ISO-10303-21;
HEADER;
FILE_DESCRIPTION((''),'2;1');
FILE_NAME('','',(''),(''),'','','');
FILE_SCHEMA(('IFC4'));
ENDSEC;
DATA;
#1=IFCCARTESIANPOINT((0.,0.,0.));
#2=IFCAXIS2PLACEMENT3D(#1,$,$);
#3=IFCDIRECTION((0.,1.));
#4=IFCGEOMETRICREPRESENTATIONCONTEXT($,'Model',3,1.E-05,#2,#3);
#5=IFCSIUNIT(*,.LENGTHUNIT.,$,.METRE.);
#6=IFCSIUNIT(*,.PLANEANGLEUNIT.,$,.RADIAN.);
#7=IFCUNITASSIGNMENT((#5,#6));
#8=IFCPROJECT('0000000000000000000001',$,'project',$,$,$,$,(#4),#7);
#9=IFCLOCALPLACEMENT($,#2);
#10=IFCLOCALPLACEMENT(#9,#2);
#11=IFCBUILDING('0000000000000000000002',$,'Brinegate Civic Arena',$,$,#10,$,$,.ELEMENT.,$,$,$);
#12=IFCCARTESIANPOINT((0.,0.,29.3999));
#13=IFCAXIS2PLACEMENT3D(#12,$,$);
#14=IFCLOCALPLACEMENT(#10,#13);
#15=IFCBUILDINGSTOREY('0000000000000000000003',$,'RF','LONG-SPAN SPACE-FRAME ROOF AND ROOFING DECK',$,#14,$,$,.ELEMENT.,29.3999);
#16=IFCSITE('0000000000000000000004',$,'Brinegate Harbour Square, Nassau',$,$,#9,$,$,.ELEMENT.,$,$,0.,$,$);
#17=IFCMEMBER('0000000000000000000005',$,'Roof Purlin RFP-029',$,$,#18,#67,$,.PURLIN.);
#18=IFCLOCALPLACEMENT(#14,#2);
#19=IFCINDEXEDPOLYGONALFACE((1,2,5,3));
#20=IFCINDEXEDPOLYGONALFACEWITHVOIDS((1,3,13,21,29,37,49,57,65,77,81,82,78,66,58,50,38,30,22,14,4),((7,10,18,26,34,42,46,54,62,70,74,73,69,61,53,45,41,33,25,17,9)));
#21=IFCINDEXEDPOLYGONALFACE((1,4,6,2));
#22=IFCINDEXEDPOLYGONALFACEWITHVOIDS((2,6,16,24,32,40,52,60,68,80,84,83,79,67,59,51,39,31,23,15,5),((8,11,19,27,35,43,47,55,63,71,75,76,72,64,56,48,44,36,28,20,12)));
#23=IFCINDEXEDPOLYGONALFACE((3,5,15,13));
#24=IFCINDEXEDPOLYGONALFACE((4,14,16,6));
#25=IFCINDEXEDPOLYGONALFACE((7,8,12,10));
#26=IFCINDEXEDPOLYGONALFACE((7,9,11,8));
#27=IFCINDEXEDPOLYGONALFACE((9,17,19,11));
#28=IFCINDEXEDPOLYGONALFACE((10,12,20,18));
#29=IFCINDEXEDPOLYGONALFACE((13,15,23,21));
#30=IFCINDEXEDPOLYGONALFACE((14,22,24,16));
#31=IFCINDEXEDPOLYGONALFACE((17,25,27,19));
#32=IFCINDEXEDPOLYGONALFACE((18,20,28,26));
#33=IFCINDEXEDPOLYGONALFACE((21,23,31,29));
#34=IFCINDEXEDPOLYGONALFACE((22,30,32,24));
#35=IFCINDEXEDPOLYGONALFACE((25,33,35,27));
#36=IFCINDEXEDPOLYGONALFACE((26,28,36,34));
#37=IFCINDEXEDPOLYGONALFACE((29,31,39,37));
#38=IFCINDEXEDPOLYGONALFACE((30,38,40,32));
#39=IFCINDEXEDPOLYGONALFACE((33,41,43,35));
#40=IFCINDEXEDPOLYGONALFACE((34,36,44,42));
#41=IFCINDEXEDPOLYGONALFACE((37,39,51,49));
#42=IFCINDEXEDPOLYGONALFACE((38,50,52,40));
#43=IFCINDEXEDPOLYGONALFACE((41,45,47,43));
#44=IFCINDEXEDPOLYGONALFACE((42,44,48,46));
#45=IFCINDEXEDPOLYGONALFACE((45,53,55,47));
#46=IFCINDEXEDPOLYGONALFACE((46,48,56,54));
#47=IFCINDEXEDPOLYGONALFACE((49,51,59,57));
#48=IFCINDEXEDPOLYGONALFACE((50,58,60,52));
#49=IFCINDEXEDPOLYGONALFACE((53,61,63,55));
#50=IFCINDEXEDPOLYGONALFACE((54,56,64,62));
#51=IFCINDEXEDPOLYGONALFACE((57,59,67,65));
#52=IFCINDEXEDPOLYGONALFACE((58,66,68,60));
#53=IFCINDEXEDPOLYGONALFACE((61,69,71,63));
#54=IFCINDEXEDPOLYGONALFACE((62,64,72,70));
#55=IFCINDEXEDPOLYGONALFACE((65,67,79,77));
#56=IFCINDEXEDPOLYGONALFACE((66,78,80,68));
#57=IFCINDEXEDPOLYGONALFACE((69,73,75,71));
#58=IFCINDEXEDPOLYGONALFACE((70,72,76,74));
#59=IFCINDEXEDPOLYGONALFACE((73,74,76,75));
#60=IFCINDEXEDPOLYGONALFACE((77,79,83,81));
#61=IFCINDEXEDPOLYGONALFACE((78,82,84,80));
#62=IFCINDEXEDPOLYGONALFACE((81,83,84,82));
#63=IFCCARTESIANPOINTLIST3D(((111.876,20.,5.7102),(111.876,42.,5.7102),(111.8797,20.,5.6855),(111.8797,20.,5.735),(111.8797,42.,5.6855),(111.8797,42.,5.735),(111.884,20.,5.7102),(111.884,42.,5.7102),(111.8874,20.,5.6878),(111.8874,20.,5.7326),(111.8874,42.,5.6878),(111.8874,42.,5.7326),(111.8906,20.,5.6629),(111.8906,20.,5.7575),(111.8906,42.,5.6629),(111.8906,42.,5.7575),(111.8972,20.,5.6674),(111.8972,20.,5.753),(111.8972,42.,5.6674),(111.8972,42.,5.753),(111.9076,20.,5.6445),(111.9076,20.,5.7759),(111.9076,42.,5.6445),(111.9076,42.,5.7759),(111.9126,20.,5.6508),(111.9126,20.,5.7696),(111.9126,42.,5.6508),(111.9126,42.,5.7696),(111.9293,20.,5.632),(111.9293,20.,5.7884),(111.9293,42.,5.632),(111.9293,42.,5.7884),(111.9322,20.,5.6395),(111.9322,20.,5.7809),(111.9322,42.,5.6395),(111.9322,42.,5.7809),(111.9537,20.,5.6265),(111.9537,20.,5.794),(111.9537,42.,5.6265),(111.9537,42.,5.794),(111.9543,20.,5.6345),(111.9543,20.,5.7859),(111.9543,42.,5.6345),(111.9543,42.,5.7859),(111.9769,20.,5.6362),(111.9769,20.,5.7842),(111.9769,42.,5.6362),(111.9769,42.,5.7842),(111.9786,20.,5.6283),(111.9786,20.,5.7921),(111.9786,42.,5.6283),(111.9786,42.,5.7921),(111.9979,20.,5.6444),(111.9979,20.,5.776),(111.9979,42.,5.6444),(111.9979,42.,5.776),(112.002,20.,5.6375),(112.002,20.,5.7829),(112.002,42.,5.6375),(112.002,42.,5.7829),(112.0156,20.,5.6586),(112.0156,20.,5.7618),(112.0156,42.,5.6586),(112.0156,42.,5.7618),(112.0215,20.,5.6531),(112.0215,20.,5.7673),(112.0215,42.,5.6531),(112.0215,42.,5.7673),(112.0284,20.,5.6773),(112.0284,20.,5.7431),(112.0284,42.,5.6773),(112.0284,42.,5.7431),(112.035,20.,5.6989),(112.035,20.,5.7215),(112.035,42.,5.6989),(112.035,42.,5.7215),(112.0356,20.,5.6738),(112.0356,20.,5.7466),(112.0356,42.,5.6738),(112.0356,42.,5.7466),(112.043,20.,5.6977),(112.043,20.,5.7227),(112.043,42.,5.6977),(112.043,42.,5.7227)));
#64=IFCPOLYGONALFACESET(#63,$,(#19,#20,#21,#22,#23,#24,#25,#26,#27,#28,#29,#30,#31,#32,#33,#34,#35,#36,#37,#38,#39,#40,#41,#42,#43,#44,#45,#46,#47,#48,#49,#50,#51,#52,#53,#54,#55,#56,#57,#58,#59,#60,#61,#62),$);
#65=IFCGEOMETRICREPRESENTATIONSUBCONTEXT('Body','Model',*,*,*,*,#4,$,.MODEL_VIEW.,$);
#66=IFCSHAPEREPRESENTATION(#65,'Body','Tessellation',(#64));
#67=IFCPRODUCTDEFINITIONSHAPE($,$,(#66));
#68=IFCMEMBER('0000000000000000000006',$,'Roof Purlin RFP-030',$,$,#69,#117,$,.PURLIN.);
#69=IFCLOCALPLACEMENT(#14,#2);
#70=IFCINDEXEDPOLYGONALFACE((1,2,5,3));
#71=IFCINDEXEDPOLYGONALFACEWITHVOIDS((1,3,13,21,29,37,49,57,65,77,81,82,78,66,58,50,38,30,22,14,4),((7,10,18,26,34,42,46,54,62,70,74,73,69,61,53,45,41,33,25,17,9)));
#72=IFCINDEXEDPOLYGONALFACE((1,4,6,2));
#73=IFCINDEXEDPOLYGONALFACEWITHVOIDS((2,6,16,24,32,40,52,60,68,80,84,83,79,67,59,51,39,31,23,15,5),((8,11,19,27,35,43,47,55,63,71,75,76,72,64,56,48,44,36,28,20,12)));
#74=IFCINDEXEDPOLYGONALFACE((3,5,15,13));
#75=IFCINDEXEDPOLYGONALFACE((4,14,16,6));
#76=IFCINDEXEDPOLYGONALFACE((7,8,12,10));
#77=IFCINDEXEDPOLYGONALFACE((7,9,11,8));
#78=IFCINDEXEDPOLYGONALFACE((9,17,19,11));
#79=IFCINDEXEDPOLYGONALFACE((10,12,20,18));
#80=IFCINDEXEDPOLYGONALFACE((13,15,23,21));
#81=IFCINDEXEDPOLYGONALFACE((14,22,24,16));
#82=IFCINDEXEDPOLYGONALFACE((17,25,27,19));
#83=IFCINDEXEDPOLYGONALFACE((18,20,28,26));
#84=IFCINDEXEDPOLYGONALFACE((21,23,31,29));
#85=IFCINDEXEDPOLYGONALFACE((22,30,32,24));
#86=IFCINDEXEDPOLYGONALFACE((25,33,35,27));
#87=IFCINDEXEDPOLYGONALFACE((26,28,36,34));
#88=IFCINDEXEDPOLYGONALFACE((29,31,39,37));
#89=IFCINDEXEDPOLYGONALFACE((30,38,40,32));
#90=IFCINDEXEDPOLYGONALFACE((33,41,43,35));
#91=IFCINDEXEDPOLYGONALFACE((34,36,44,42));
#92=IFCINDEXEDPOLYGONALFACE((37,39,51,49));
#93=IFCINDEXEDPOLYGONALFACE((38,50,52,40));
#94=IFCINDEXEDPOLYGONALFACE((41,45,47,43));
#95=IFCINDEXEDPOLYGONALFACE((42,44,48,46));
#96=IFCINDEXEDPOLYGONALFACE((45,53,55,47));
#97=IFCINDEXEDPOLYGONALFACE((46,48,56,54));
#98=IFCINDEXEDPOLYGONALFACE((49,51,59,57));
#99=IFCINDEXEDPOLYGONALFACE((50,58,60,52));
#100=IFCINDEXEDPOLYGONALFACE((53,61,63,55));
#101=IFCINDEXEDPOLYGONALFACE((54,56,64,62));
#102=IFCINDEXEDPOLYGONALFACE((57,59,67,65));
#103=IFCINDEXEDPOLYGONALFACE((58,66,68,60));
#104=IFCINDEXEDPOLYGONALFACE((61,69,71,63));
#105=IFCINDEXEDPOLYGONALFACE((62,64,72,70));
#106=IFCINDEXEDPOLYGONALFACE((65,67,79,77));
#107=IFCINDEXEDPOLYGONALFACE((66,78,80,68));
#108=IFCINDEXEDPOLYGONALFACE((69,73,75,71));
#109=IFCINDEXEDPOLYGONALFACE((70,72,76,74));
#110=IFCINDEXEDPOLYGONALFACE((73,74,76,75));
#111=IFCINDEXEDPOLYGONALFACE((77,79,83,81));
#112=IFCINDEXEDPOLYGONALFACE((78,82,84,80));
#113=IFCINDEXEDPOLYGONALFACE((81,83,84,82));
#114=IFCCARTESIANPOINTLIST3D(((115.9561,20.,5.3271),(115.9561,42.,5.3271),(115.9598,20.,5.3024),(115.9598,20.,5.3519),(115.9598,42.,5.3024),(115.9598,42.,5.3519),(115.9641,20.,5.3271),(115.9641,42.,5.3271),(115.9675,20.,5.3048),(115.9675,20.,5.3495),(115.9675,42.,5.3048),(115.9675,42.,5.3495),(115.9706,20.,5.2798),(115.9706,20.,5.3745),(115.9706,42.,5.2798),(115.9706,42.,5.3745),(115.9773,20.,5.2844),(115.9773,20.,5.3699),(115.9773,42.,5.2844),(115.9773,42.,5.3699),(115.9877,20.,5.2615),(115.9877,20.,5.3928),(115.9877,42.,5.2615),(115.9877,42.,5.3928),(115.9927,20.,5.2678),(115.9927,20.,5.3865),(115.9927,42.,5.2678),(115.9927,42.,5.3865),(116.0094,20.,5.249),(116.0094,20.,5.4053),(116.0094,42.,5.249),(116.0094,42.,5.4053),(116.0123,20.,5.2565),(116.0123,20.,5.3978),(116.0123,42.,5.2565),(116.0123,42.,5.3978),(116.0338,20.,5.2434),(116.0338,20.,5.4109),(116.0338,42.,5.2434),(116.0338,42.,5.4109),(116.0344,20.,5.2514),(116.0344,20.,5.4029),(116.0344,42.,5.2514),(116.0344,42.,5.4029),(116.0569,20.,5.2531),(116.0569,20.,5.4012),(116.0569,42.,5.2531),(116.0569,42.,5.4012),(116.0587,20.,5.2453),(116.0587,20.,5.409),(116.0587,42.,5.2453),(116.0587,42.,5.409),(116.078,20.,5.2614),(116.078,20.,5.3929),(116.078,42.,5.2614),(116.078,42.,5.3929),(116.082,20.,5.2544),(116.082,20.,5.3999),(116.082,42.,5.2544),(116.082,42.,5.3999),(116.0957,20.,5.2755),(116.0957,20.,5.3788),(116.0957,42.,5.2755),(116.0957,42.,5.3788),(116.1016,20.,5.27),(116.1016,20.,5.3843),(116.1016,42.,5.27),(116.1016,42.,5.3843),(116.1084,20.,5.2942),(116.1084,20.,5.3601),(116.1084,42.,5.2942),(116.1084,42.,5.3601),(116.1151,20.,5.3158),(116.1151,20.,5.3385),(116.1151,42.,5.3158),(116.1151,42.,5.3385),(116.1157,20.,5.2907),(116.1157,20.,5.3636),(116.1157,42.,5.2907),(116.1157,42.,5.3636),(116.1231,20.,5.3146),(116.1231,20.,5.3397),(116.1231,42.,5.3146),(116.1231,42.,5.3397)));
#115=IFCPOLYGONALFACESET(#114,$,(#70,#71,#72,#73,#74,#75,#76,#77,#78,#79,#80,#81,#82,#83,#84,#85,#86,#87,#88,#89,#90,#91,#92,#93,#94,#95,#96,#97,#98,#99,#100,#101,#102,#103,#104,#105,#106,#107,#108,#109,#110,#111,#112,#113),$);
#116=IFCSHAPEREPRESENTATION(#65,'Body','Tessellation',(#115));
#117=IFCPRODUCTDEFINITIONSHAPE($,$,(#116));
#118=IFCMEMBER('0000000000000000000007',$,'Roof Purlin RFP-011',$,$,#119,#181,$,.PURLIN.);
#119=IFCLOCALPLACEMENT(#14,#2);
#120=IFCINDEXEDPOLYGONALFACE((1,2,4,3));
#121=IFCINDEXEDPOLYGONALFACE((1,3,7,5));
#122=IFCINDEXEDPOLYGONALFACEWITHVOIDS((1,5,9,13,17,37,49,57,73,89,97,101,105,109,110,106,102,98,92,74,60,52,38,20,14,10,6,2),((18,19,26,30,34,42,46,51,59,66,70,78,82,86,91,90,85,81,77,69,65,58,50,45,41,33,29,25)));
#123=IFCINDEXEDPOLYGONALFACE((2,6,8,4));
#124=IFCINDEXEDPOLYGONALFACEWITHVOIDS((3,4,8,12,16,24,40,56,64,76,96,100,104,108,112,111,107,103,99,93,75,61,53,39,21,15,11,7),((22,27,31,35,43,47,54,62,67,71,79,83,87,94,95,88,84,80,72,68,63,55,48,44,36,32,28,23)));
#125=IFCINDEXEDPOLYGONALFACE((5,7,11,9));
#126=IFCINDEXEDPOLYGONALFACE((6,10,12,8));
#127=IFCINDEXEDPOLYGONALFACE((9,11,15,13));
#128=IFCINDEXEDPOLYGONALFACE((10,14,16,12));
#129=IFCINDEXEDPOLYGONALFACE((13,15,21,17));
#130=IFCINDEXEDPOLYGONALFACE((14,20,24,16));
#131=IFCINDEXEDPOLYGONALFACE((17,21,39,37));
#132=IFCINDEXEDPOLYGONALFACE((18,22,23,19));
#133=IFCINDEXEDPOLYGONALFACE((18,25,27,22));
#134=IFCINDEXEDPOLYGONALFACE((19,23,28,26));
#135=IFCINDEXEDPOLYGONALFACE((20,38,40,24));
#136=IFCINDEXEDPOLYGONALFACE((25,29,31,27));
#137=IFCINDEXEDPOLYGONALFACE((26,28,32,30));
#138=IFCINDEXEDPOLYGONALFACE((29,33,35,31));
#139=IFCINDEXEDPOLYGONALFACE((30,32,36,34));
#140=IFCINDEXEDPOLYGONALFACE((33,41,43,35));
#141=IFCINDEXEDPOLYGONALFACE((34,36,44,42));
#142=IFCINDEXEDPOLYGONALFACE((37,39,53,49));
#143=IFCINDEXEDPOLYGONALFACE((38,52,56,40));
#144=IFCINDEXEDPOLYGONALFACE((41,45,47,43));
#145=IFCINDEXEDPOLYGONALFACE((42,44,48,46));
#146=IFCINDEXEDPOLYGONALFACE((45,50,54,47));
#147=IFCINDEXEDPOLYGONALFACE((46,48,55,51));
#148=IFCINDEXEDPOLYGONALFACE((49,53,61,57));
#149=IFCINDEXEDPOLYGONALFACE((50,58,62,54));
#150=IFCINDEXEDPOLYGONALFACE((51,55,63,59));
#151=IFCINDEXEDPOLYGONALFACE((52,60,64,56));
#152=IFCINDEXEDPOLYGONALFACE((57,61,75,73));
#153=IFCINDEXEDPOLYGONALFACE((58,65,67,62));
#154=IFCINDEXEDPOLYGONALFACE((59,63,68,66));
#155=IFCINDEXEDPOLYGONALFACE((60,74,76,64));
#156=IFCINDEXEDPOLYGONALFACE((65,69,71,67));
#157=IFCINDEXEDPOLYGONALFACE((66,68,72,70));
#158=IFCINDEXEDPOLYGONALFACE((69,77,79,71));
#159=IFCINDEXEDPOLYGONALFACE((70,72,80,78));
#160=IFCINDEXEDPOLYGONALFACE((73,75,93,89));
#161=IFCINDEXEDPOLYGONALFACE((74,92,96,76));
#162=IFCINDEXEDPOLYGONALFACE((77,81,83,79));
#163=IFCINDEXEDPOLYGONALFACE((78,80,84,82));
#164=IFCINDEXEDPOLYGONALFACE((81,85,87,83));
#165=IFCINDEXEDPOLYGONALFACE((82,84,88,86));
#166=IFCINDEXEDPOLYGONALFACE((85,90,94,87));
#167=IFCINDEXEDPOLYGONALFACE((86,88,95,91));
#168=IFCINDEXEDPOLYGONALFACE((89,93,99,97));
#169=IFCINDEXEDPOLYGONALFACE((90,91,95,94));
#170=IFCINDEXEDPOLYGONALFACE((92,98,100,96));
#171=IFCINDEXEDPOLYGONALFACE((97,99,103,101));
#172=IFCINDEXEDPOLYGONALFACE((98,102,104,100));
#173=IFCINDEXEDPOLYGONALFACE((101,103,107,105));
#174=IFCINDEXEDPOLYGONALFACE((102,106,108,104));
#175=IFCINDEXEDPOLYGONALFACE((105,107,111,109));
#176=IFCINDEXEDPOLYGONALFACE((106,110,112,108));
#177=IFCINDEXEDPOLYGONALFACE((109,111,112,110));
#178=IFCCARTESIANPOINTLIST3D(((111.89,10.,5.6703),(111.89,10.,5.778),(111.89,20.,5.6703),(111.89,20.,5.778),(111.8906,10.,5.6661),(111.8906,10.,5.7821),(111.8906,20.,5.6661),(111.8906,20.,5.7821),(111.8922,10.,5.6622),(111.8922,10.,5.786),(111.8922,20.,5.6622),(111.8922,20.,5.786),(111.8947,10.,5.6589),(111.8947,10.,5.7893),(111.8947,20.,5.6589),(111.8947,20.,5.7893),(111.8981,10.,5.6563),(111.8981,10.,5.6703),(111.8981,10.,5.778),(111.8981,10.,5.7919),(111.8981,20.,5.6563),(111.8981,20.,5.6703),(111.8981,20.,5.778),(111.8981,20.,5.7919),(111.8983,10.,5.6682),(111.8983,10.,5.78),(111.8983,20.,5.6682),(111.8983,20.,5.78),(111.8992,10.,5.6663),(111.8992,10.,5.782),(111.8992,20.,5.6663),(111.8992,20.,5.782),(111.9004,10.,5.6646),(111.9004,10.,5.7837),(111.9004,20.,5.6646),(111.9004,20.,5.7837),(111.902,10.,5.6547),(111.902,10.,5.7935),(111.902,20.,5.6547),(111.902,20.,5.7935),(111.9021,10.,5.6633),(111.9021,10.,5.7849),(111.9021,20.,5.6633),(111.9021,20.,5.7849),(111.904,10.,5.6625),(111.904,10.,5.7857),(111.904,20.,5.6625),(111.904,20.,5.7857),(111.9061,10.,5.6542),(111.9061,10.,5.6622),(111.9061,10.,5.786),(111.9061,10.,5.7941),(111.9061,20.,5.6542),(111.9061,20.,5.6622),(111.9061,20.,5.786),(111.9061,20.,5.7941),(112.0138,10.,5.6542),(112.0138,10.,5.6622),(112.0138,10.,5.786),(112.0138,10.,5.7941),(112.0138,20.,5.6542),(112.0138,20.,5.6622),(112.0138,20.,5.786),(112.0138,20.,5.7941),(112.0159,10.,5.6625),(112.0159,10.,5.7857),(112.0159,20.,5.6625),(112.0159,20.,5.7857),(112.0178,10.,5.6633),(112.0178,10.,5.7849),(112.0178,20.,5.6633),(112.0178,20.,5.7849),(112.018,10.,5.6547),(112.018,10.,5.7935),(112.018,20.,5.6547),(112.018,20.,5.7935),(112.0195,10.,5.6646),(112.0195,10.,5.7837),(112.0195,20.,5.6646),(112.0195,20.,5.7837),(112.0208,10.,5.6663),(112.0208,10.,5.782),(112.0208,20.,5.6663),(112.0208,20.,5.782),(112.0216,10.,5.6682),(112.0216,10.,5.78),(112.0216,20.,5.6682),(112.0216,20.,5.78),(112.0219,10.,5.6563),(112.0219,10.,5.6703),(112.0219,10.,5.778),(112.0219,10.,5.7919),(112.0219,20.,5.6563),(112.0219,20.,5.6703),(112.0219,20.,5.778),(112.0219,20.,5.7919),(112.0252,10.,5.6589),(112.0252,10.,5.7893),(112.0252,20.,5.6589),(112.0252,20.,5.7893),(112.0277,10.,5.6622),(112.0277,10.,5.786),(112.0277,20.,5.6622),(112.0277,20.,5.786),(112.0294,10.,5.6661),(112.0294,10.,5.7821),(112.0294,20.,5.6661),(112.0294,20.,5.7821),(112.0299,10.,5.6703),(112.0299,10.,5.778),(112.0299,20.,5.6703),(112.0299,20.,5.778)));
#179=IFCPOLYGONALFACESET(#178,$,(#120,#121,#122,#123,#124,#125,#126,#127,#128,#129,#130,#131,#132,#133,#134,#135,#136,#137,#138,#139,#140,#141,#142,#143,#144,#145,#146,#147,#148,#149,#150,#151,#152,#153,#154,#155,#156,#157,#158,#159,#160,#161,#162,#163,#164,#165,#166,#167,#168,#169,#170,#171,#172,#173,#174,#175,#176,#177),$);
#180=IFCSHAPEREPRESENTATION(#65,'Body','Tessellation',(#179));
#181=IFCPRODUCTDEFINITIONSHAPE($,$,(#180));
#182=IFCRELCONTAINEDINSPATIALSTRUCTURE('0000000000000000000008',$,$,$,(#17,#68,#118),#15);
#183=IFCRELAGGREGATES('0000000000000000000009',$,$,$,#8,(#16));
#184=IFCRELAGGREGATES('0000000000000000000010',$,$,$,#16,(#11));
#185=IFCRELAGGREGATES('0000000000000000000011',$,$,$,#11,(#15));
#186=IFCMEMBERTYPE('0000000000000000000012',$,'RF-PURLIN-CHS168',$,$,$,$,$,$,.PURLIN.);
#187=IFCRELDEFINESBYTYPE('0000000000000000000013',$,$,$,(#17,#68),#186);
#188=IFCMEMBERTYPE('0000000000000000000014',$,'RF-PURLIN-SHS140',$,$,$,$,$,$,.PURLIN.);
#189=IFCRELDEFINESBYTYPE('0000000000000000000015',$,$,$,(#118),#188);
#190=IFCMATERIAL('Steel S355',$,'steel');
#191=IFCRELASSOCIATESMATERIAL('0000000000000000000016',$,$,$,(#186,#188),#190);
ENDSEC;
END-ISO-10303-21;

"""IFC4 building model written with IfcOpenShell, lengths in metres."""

from ifc_helpers import new_model, si_unit, direction, frame, origin, origin_2d, place, context, subcontext, project, spatial, hollow_rectangle, hollow_circle, extrude, material, material_profile, profile_set, type_object, element, save


model = new_model("IFC4")

# Units and contexts
model_context = context("Model", 3, precision=1e-05, world=origin(), true_north=direction((0.0, 1.0)))
body_context = subcontext(model_context, "Body", "Model", "MODEL_VIEW")
ifc_project = project(units=[si_unit("LENGTHUNIT", "METRE"), si_unit("PLANEANGLEUNIT", "RADIAN")], contexts=[model_context])

# Site, building, storey
site_placement = place(None, origin())
site = spatial("IfcSite", under=ifc_project, at=site_placement, Name="Brinegate Harbour Square, Nassau", CompositionType="ELEMENT", RefElevation=0.0)
building_placement = place(site_placement, origin())
building = spatial("IfcBuilding", under=site, at=building_placement, Name="Brinegate Civic Arena", CompositionType="ELEMENT")
storey_placement = place(building_placement, frame((0.0, 0.0, 29.3999)))
storey = spatial("IfcBuildingStorey", under=building, at=storey_placement, Name="RF", Description="LONG-SPAN SPACE-FRAME ROOF AND ROOFING DECK", CompositionType="ELEMENT", Elevation=29.3999)

# Shared definitions
ifc_material_1 = material(Name="Steel S355", Category="steel")

# Members
ifc_material_profile_1 = material_profile(ifc_material_1, hollow_circle(Radius=0.084, WallThickness=0.0081, at=origin_2d()), Name="CHS168X8")
ifc_profile_set_1 = profile_set([ifc_material_profile_1], Name="Steel S355")
member_type_1 = type_object("IfcMemberType", Name="RF-PURLIN-CHS168", PredefinedType="PURLIN", material=ifc_profile_set_1)
for number, where, z_axis, x_axis, name in (
    (1, (111.96, 20.0, 5.7102), (0.0, 1.0, 0.0), (-1.0, 0.0, 0.0), "Roof Purlin RFP-029"),
    (2, (116.04, 20.0, 5.3271), (0.0, 1.0, 0.0), (-1.0, 0.0, 0.0), "Roof Purlin RFP-030"),
):
    element("IfcMember", number, at=place(storey_placement, frame(where, z_axis=z_axis, x_axis=x_axis)), inside=storey, type_object=member_type_1, Name=name, PredefinedType="PURLIN", context=body_context, shape_type="SweptSolid", body=[
        extrude(hollow_circle(Radius=0.084, WallThickness=0.0081, at=origin_2d()), origin(), (0.0, 0.0, 1.0), 22.0),
    ])
ifc_material_profile_2 = material_profile(ifc_material_1, hollow_rectangle(XDim=0.1399, YDim=0.1399, WallThickness=0.0081, InnerFilletRadius=0.0081, OuterFilletRadius=0.0161, at=origin_2d()), Name="SHS140X8")
ifc_profile_set_2 = profile_set([ifc_material_profile_2], Name="Steel S355")
member_type_2 = type_object("IfcMemberType", Name="RF-PURLIN-SHS140", PredefinedType="PURLIN", material=ifc_profile_set_2)
for number, where, z_axis, x_axis, name in (
    (3, (111.96, 10.0, 5.7241), (0.0, 1.0, 0.0), (-1.0, 0.0, 0.0), "Roof Purlin RFP-011"),
):
    element("IfcMember", number, at=place(storey_placement, frame(where, z_axis=z_axis, x_axis=x_axis)), inside=storey, type_object=member_type_2, Name=name, PredefinedType="PURLIN", context=body_context, shape_type="SweptSolid", body=[
        extrude(hollow_rectangle(XDim=0.1399, YDim=0.1399, WallThickness=0.0081, InnerFilletRadius=0.0081, OuterFilletRadius=0.0161, at=origin_2d()), origin(), (0.0, 0.0, 1.0), 10.0),
    ])

save(model, "model.ifc")
